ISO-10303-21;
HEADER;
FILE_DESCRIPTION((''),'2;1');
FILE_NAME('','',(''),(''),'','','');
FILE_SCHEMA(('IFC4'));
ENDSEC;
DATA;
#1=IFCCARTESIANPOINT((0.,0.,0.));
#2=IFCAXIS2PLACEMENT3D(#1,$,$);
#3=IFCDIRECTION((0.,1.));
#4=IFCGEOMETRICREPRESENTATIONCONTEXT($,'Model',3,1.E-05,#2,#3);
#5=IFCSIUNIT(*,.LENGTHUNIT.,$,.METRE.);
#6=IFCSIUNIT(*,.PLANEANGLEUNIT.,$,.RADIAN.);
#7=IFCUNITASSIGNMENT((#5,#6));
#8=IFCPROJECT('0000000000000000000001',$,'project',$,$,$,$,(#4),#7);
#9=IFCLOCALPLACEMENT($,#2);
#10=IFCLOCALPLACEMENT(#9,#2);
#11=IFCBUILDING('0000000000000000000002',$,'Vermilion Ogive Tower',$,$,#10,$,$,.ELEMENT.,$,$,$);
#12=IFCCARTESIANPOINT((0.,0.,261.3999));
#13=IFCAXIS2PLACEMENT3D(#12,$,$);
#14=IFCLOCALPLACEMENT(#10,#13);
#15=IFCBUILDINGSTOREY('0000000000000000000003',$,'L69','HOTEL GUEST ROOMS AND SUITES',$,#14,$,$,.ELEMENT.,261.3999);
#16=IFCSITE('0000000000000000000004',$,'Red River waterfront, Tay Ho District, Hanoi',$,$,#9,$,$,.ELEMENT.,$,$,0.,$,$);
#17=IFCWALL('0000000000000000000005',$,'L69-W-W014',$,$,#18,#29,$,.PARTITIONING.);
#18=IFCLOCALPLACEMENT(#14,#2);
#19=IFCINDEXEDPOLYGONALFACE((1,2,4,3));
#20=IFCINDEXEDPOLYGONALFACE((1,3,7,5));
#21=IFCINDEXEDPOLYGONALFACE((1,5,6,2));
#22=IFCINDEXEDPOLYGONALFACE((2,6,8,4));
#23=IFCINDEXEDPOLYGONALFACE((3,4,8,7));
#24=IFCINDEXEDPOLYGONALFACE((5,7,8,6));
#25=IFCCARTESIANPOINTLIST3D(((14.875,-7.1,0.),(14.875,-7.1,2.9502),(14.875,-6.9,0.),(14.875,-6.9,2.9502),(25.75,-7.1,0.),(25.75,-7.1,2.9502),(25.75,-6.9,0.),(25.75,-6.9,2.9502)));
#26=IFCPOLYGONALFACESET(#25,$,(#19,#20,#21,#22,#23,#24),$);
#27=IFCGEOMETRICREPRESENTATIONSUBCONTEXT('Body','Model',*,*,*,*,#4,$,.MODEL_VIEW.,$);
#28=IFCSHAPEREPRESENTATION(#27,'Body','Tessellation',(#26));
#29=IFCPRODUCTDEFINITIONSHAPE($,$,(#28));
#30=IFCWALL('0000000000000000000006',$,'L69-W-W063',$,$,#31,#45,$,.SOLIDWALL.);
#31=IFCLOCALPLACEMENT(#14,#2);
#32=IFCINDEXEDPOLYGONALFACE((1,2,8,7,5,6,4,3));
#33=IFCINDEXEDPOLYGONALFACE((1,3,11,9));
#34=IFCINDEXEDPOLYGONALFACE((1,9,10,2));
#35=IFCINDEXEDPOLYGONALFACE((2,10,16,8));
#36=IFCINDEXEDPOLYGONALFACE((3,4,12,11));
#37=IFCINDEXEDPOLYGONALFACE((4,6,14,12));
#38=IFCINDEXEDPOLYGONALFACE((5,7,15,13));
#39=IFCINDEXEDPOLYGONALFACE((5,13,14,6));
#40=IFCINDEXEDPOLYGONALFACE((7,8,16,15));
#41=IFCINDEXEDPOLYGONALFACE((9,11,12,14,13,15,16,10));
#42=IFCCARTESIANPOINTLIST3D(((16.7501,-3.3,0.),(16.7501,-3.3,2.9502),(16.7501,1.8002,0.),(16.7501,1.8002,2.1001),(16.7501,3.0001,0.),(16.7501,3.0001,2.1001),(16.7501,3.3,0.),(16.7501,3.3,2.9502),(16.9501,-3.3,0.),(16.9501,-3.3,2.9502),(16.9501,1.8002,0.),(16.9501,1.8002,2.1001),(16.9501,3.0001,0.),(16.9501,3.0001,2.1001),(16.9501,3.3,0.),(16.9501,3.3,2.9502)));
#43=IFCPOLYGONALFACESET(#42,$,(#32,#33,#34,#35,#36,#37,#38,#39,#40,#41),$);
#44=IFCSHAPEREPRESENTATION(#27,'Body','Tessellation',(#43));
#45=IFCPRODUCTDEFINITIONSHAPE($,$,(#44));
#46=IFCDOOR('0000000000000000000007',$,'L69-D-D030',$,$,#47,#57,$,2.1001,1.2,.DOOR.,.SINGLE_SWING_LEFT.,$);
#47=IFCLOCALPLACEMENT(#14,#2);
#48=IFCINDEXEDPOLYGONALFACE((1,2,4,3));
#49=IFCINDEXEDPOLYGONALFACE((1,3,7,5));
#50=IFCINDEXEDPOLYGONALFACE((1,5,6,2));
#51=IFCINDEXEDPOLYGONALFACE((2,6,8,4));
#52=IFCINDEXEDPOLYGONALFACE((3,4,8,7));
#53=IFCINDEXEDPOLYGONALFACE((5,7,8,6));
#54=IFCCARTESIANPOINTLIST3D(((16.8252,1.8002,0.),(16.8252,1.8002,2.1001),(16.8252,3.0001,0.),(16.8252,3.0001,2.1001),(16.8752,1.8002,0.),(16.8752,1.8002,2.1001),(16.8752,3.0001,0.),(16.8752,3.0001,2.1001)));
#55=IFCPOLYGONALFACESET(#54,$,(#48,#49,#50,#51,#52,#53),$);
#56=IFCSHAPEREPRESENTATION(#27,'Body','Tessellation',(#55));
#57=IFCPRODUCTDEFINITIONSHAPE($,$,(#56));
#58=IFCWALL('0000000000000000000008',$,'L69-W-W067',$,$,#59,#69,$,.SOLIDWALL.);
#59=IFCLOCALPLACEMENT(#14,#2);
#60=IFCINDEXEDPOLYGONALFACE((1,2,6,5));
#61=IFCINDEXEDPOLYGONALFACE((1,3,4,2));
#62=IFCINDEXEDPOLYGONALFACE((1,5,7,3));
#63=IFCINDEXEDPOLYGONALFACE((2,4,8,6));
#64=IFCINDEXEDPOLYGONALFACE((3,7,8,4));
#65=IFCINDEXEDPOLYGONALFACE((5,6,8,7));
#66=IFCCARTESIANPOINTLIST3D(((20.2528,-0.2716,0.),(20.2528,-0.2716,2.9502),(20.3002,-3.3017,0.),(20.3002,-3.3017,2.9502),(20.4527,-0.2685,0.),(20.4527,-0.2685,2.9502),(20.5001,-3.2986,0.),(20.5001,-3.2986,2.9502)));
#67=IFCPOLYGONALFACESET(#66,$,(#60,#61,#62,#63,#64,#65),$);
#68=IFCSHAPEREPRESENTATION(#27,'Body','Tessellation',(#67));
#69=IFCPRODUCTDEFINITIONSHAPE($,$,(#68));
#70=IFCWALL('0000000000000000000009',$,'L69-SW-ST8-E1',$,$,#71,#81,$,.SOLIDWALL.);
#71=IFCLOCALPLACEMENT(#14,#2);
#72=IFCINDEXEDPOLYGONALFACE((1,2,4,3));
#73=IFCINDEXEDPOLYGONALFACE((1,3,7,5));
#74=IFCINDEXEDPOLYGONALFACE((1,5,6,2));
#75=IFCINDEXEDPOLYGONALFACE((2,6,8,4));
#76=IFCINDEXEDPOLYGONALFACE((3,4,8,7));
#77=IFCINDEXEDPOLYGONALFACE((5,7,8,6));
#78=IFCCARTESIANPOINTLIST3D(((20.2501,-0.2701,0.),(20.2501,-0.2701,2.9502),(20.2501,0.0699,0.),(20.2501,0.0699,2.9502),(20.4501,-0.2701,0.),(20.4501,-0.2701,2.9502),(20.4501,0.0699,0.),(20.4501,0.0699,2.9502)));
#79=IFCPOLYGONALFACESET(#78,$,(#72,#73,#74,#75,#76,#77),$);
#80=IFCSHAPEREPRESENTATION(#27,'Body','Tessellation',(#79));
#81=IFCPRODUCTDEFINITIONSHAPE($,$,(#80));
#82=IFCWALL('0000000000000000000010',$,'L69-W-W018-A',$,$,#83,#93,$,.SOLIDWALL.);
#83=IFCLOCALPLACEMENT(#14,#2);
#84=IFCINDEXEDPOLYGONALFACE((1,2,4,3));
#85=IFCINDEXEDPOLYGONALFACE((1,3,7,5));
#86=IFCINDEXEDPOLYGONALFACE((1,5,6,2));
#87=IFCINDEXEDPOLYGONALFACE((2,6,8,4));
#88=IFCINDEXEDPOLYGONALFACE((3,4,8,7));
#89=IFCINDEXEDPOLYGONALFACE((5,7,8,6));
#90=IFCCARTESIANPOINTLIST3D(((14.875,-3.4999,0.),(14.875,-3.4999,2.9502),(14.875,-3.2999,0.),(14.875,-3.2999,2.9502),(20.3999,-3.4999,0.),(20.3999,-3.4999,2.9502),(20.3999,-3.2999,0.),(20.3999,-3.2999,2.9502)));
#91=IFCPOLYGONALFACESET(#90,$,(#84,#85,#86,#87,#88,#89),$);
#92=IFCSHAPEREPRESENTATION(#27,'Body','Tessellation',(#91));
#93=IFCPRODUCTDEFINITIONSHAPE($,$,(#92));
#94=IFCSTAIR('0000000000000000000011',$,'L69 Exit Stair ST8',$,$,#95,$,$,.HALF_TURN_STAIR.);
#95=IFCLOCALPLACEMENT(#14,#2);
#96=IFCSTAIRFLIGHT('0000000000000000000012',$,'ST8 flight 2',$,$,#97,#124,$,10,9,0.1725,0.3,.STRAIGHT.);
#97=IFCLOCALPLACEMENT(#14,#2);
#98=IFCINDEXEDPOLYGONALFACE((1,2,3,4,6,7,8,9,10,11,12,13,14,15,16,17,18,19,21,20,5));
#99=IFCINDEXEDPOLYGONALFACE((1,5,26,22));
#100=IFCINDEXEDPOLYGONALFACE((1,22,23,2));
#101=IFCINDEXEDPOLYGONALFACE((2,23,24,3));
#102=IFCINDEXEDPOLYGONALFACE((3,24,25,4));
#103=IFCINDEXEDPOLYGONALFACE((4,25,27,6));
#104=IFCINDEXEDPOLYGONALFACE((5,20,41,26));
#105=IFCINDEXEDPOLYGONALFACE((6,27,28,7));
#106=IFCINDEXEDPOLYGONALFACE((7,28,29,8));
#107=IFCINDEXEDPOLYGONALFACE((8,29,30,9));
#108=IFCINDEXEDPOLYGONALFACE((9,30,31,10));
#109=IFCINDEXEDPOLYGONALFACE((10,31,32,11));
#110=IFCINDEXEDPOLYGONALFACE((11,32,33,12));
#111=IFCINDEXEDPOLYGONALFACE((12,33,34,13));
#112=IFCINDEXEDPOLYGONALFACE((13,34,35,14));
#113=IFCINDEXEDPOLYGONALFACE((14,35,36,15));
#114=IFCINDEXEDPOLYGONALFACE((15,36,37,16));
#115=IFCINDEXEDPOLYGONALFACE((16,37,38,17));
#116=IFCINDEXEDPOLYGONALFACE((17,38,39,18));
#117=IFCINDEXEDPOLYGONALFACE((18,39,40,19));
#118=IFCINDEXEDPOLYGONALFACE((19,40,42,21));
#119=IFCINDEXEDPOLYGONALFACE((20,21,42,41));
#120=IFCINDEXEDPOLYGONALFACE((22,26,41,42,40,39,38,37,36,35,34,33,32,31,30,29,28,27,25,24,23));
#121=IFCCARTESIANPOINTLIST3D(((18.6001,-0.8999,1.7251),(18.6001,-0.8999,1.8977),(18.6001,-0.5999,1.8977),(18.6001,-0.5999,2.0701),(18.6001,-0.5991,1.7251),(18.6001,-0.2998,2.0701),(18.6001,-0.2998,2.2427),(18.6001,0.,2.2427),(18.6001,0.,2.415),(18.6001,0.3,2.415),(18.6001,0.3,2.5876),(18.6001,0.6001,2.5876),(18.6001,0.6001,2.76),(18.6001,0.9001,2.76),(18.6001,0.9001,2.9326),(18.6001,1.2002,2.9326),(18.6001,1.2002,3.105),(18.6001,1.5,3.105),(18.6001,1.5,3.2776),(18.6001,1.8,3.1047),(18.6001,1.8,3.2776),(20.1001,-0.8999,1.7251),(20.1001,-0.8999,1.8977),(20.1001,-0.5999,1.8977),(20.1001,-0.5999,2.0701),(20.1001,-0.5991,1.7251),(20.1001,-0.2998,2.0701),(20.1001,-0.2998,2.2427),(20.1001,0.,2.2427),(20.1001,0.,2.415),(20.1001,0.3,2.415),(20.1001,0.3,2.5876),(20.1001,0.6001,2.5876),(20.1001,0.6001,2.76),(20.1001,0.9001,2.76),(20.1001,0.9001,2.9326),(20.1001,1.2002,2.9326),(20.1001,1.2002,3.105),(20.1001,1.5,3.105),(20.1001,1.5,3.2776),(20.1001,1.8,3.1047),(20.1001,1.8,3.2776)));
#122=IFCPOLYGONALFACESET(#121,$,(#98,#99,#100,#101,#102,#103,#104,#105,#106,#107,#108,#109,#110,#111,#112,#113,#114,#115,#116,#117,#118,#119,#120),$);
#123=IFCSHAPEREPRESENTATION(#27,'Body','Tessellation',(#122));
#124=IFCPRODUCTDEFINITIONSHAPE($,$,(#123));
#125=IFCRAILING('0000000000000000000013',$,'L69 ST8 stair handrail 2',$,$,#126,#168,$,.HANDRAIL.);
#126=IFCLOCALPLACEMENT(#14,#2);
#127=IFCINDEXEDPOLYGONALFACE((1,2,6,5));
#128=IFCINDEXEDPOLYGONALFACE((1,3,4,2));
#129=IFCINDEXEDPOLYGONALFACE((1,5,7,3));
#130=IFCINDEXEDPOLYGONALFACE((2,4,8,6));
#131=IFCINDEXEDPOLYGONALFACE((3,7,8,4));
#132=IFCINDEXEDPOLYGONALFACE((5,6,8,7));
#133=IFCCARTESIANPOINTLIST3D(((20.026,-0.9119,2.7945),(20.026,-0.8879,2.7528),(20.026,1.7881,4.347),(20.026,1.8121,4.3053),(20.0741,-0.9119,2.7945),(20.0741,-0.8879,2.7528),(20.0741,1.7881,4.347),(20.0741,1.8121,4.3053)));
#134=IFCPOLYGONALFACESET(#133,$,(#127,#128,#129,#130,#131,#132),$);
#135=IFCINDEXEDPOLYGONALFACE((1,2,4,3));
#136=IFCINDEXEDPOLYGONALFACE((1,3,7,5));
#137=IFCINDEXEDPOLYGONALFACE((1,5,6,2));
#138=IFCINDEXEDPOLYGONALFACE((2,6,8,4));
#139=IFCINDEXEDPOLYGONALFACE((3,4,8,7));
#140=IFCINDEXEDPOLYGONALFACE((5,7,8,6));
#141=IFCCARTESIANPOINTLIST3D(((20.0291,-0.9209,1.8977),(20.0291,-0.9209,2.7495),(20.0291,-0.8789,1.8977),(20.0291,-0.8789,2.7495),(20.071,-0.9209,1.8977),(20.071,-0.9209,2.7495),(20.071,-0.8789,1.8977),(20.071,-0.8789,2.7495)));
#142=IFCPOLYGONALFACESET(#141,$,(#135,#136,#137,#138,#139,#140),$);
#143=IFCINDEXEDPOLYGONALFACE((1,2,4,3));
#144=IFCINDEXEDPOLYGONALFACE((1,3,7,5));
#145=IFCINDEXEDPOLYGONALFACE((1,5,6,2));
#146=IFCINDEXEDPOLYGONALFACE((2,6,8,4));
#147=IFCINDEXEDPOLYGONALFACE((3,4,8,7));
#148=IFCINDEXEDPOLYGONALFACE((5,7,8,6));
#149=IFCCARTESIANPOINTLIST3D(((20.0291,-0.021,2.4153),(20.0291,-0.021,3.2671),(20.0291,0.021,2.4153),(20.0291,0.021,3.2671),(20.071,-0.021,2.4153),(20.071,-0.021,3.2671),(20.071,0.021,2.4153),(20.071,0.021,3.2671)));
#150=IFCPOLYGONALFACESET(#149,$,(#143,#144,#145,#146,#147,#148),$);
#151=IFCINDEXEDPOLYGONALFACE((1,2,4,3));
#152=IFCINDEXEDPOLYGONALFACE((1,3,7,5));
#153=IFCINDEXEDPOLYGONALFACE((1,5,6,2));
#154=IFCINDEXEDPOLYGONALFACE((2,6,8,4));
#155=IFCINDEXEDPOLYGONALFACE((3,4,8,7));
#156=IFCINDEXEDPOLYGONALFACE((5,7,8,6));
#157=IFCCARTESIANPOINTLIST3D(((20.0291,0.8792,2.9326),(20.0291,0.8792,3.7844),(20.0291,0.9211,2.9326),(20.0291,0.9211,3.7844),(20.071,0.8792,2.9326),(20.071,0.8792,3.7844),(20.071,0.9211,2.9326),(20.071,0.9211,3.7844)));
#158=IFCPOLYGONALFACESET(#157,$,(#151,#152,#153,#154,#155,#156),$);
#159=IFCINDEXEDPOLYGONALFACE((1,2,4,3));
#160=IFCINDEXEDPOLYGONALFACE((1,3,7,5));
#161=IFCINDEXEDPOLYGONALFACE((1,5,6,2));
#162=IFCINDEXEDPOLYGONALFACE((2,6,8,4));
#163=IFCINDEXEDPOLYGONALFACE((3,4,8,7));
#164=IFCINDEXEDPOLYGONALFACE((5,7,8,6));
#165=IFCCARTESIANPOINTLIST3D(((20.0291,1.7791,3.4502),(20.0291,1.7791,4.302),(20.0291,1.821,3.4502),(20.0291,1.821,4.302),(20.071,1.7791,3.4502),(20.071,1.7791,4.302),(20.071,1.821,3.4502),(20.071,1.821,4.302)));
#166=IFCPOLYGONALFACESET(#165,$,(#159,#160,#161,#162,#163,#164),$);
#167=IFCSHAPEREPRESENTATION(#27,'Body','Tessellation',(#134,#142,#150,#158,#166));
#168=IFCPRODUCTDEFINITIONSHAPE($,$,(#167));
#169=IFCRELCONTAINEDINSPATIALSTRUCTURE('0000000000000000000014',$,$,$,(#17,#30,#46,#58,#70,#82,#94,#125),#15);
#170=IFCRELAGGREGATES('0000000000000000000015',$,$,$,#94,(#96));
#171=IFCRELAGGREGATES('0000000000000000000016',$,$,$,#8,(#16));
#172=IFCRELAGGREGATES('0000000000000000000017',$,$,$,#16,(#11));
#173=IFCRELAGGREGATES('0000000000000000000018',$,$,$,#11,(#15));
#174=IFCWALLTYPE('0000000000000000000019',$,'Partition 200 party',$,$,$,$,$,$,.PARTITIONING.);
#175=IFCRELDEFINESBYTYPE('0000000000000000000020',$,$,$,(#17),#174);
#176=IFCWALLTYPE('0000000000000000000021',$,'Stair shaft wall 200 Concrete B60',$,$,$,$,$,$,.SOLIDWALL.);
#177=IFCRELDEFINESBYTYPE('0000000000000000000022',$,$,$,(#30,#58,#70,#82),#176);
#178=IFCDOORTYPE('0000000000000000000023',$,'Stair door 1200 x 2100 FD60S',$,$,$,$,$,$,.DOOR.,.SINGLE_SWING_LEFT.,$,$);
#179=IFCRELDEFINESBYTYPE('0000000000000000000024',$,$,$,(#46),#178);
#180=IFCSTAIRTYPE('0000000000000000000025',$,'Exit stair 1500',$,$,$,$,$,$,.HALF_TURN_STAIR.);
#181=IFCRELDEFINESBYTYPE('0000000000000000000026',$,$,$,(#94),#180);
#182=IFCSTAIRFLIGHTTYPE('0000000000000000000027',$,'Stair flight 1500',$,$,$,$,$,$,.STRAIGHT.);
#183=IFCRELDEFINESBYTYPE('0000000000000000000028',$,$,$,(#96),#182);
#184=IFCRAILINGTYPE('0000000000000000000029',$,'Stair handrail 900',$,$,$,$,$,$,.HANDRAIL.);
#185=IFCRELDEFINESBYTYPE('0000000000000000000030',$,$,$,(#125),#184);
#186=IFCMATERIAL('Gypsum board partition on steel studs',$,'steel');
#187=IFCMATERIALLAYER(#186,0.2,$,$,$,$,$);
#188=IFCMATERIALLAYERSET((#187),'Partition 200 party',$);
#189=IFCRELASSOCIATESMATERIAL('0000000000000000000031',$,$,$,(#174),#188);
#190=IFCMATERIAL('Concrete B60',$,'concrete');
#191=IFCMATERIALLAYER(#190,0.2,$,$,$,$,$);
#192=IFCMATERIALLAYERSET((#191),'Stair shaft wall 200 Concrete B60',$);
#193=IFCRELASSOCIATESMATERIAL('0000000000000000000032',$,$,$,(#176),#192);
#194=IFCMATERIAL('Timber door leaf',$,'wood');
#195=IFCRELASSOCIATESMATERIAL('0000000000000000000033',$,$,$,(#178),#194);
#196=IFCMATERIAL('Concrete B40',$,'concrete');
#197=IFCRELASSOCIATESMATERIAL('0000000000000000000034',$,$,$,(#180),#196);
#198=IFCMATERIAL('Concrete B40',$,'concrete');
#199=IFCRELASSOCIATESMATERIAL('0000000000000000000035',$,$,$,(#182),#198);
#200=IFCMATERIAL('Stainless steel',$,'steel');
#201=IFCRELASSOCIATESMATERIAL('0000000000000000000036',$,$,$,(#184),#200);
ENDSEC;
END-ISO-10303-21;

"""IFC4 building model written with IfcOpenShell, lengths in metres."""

from ifc_helpers import new_model, si_unit, direction, frame, frame_2d, origin, origin_2d, place, context, subcontext, project, spatial, polyline, rectangle, outline, extrude, material, layer, layer_set, type_object, element, fill, aggregate, save


model = new_model("IFC4")

# Units and contexts
model_context = context("Model", 3, precision=1e-05, world=origin(), true_north=direction((0.0, 1.0)))
body_context = subcontext(model_context, "Body", "Model", "MODEL_VIEW")
ifc_project = project(units=[si_unit("LENGTHUNIT", "METRE"), si_unit("PLANEANGLEUNIT", "RADIAN")], contexts=[model_context])

# Site, building, storey
site_placement = place(None, origin())
site = spatial("IfcSite", under=ifc_project, at=site_placement, Name="Red River waterfront, Tay Ho District, Hanoi", CompositionType="ELEMENT", RefElevation=0.0)
building_placement = place(site_placement, origin())
building = spatial("IfcBuilding", under=site, at=building_placement, Name="Vermilion Ogive Tower", CompositionType="ELEMENT")
storey_placement = place(building_placement, frame((0.0, 0.0, 261.3999)))
storey = spatial("IfcBuildingStorey", under=building, at=storey_placement, Name="L69", Description="HOTEL GUEST ROOMS AND SUITES", CompositionType="ELEMENT", Elevation=261.3999)

# Wall
ifc_material_1 = material(Name="Gypsum board partition on steel studs", Category="steel")
ifc_layer_1 = layer(ifc_material_1, 0.2)
ifc_layer_set_1 = layer_set([ifc_layer_1], Name="Partition 200 party")
wall_type_1 = type_object("IfcWallType", Name="Partition 200 party", PredefinedType="PARTITIONING", material=ifc_layer_set_1)
wall_1_placement = place(storey_placement, frame((14.875, -7.0, 0.0), z_axis=(0.0, 0.0, 1.0), x_axis=(1.0, 0.0, 0.0)))
element("IfcWall", 1, at=wall_1_placement, inside=storey, type_object=wall_type_1, Name="L69-W-W014", PredefinedType="PARTITIONING", context=body_context, shape_type="SweptSolid", body=[
    extrude(rectangle(XDim=10.875, YDim=0.2, at=frame_2d((5.4375, 0.0))), origin(), (0.0, 0.0, 1.0), 2.9502),
])

# Wall, opening, door
ifc_material_2 = material(Name="Concrete B60", Category="concrete")
ifc_layer_2 = layer(ifc_material_2, 0.2)
ifc_layer_set_2 = layer_set([ifc_layer_2], Name="Stair shaft wall 200 Concrete B60")
wall_type_2 = type_object("IfcWallType", Name="Stair shaft wall 200 Concrete B60", PredefinedType="SOLIDWALL", material=ifc_layer_set_2)
wall_2_placement = place(storey_placement, frame((16.8501, -3.3, 0.0), z_axis=(0.0, 0.0, 1.0), x_axis=(0.0, 1.0, 0.0)))
wall_2 = element("IfcWall", 2, at=wall_2_placement, inside=storey, type_object=wall_type_2, Name="L69-W-W063", PredefinedType="SOLIDWALL", context=body_context, shape_type="SweptSolid", body=[
    extrude(rectangle(XDim=6.6001, YDim=0.2, at=frame_2d((3.3, 0.0))), origin(), (0.0, 0.0, 1.0), 2.9502),
])
opening_1_placement = place(wall_2_placement, frame((5.1001, 0.0, 0.0)))
opening_1 = element("IfcOpeningElement", 3, at=opening_1_placement, cuts=wall_2, PredefinedType="OPENING", context=body_context, shape_type="SweptSolid", body=[
    extrude(rectangle(XDim=1.2, YDim=2.1001, at=frame_2d((0.6001, 1.05))), frame((0.0, 0.1099, 0.0), z_axis=(0.0, -1.0, 0.0), x_axis=(1.0, 0.0, 0.0)), (0.0, 0.0, 1.0), 0.22),
])
ifc_material_3 = material(Name="Timber door leaf", Category="wood")
door_type_1 = type_object("IfcDoorType", Name="Stair door 1200 x 2100 FD60S", OperationType="SINGLE_SWING_LEFT", PredefinedType="DOOR", material=ifc_material_3)
door_1_placement = place(opening_1_placement, origin())
door_1 = element("IfcDoor", 4, at=door_1_placement, inside=storey, type_object=door_type_1, Name="L69-D-D030", OperationType="SINGLE_SWING_LEFT", OverallHeight=2.1001, OverallWidth=1.2, PredefinedType="DOOR", context=body_context, shape_type="SweptSolid", body=[
    extrude(rectangle(XDim=1.2, YDim=2.1001, at=frame_2d((0.6001, 1.05))), frame((0.0, 0.0249, 0.0), z_axis=(0.0, -1.0, 0.0), x_axis=(1.0, 0.0, 0.0)), (0.0, 0.0, 1.0), 0.05),
])
fill(opening_1, door_1)

# Walls
wall_3_placement = place(storey_placement, frame((20.4001, -3.3, 0.0), z_axis=(0.0, 0.0, 1.0), x_axis=(-0.015629, 0.999878, 0.0)))
element("IfcWall", 5, at=wall_3_placement, inside=storey, type_object=wall_type_2, Name="L69-W-W067", PredefinedType="SOLIDWALL", context=body_context, shape_type="SweptSolid", body=[
    extrude(rectangle(XDim=3.0305, YDim=0.2, at=frame_2d((1.5151, 0.0))), origin(), (0.0, 0.0, 1.0), 2.9502),
])
wall_4_placement = place(storey_placement, frame((20.3501, -0.27, 0.0), z_axis=(0.0, 0.0, 1.0), x_axis=(0.0, 1.0, 0.0)))
element("IfcWall", 6, at=wall_4_placement, inside=storey, type_object=wall_type_2, Name="L69-SW-ST8-E1", PredefinedType="SOLIDWALL", context=body_context, shape_type="SweptSolid", body=[
    extrude(rectangle(XDim=0.3401, YDim=0.2, at=frame_2d((0.1699, 0.0))), origin(), (0.0, 0.0, 1.0), 2.9502),
])
wall_5_placement = place(storey_placement, frame((14.875, -3.3999, 0.0), z_axis=(0.0, 0.0, 1.0), x_axis=(1.0, 0.0, 0.0)))
element("IfcWall", 7, at=wall_5_placement, inside=storey, type_object=wall_type_2, Name="L69-W-W018-A", PredefinedType="SOLIDWALL", context=body_context, shape_type="SweptSolid", body=[
    extrude(rectangle(XDim=5.5249, YDim=0.2, at=frame_2d((2.7625, 0.0))), origin(), (0.0, 0.0, 1.0), 2.9502),
])

# Stair, stair flight
ifc_material_4 = material(Name="Concrete B40", Category="concrete")
stair_type = type_object("IfcStairType", Name="Exit stair 1500", PredefinedType="HALF_TURN_STAIR", material=ifc_material_4)
stair_placement = place(storey_placement, origin())
stair = element("IfcStair", 8, at=stair_placement, inside=storey, type_object=stair_type, Name="L69 Exit Stair ST8", PredefinedType="HALF_TURN_STAIR")
ifc_material_5 = material(Name="Concrete B40", Category="concrete")
stair_flight_type = type_object("IfcStairFlightType", Name="Stair flight 1500", PredefinedType="STRAIGHT", material=ifc_material_5)
stair_flight_placement = place(storey_placement, frame((19.3501, -0.8999, 1.7251), z_axis=(0.0, 0.0, 1.0), x_axis=(0.0, 1.0, 0.0)))
stair_flight = element("IfcStairFlight", 9, at=stair_flight_placement, type_object=stair_flight_type, Name="ST8 flight 2", NumberOfRisers=10, NumberOfTreads=9, PredefinedType="STRAIGHT", RiserHeight=0.1725, TreadLength=0.3, context=body_context, shape_type="SweptSolid", body=[
    extrude(outline(polyline([(0.0, 0.0), (0.0, 0.1726), (0.3, 0.1726), (0.3, 0.345), (0.6001, 0.345), (0.6001, 0.5176), (0.8999, 0.5176), (0.8999, 0.6899), (1.2, 0.6899), (1.2, 0.8625), (1.5, 0.8625), (1.5, 1.0349), (1.8, 1.0349), (1.8, 1.2075), (2.1001, 1.2075), (2.1001, 1.3799), (2.3999, 1.3799), (2.3999, 1.5525), (2.7, 1.5525), (2.7, 1.7251), (2.7, 1.3796), (0.3008, 0.0), (0.0, 0.0)])), frame((0.0, 0.75, 0.0), z_axis=(0.0, -1.0, 0.0), x_axis=(1.0, 0.0, 0.0)), (0.0, 0.0, 1.0), 1.5),
])
aggregate(stair, [stair_flight])

# Railing
ifc_material_6 = material(Name="Stainless steel", Category="steel")
railing_type = type_object("IfcRailingType", Name="Stair handrail 900", PredefinedType="HANDRAIL", material=ifc_material_6)
railing_placement = place(storey_placement, frame((20.05, -0.8999, 1.8977)))
element("IfcRailing", 10, at=railing_placement, inside=storey, type_object=railing_type, Name="L69 ST8 stair handrail 2", PredefinedType="HANDRAIL", context=body_context, shape_type="SweptSolid", body=[
    extrude(rectangle(XDim=0.0481, YDim=0.0481, at=origin_2d()), frame((0.0, 0.0, 0.876), z_axis=(0.0, 0.866904, 0.498476), x_axis=(-1.0, 0.0, 0.0)), (0.0, 0.0, 1.0), 3.1145),
    extrude(rectangle(XDim=0.042, YDim=0.042, at=origin_2d()), origin(), (0.0, 0.0, 1.0), 0.8518),
    extrude(rectangle(XDim=0.042, YDim=0.042, at=origin_2d()), frame((0.0, 0.8999, 0.5176)), (0.0, 0.0, 1.0), 0.8518),
    extrude(rectangle(XDim=0.042, YDim=0.042, at=origin_2d()), frame((0.0, 1.8, 1.0349)), (0.0, 0.0, 1.0), 0.8518),
    extrude(rectangle(XDim=0.042, YDim=0.042, at=origin_2d()), frame((0.0, 2.7, 1.5525)), (0.0, 0.0, 1.0), 0.8518),
])

save(model, "model.ifc")
